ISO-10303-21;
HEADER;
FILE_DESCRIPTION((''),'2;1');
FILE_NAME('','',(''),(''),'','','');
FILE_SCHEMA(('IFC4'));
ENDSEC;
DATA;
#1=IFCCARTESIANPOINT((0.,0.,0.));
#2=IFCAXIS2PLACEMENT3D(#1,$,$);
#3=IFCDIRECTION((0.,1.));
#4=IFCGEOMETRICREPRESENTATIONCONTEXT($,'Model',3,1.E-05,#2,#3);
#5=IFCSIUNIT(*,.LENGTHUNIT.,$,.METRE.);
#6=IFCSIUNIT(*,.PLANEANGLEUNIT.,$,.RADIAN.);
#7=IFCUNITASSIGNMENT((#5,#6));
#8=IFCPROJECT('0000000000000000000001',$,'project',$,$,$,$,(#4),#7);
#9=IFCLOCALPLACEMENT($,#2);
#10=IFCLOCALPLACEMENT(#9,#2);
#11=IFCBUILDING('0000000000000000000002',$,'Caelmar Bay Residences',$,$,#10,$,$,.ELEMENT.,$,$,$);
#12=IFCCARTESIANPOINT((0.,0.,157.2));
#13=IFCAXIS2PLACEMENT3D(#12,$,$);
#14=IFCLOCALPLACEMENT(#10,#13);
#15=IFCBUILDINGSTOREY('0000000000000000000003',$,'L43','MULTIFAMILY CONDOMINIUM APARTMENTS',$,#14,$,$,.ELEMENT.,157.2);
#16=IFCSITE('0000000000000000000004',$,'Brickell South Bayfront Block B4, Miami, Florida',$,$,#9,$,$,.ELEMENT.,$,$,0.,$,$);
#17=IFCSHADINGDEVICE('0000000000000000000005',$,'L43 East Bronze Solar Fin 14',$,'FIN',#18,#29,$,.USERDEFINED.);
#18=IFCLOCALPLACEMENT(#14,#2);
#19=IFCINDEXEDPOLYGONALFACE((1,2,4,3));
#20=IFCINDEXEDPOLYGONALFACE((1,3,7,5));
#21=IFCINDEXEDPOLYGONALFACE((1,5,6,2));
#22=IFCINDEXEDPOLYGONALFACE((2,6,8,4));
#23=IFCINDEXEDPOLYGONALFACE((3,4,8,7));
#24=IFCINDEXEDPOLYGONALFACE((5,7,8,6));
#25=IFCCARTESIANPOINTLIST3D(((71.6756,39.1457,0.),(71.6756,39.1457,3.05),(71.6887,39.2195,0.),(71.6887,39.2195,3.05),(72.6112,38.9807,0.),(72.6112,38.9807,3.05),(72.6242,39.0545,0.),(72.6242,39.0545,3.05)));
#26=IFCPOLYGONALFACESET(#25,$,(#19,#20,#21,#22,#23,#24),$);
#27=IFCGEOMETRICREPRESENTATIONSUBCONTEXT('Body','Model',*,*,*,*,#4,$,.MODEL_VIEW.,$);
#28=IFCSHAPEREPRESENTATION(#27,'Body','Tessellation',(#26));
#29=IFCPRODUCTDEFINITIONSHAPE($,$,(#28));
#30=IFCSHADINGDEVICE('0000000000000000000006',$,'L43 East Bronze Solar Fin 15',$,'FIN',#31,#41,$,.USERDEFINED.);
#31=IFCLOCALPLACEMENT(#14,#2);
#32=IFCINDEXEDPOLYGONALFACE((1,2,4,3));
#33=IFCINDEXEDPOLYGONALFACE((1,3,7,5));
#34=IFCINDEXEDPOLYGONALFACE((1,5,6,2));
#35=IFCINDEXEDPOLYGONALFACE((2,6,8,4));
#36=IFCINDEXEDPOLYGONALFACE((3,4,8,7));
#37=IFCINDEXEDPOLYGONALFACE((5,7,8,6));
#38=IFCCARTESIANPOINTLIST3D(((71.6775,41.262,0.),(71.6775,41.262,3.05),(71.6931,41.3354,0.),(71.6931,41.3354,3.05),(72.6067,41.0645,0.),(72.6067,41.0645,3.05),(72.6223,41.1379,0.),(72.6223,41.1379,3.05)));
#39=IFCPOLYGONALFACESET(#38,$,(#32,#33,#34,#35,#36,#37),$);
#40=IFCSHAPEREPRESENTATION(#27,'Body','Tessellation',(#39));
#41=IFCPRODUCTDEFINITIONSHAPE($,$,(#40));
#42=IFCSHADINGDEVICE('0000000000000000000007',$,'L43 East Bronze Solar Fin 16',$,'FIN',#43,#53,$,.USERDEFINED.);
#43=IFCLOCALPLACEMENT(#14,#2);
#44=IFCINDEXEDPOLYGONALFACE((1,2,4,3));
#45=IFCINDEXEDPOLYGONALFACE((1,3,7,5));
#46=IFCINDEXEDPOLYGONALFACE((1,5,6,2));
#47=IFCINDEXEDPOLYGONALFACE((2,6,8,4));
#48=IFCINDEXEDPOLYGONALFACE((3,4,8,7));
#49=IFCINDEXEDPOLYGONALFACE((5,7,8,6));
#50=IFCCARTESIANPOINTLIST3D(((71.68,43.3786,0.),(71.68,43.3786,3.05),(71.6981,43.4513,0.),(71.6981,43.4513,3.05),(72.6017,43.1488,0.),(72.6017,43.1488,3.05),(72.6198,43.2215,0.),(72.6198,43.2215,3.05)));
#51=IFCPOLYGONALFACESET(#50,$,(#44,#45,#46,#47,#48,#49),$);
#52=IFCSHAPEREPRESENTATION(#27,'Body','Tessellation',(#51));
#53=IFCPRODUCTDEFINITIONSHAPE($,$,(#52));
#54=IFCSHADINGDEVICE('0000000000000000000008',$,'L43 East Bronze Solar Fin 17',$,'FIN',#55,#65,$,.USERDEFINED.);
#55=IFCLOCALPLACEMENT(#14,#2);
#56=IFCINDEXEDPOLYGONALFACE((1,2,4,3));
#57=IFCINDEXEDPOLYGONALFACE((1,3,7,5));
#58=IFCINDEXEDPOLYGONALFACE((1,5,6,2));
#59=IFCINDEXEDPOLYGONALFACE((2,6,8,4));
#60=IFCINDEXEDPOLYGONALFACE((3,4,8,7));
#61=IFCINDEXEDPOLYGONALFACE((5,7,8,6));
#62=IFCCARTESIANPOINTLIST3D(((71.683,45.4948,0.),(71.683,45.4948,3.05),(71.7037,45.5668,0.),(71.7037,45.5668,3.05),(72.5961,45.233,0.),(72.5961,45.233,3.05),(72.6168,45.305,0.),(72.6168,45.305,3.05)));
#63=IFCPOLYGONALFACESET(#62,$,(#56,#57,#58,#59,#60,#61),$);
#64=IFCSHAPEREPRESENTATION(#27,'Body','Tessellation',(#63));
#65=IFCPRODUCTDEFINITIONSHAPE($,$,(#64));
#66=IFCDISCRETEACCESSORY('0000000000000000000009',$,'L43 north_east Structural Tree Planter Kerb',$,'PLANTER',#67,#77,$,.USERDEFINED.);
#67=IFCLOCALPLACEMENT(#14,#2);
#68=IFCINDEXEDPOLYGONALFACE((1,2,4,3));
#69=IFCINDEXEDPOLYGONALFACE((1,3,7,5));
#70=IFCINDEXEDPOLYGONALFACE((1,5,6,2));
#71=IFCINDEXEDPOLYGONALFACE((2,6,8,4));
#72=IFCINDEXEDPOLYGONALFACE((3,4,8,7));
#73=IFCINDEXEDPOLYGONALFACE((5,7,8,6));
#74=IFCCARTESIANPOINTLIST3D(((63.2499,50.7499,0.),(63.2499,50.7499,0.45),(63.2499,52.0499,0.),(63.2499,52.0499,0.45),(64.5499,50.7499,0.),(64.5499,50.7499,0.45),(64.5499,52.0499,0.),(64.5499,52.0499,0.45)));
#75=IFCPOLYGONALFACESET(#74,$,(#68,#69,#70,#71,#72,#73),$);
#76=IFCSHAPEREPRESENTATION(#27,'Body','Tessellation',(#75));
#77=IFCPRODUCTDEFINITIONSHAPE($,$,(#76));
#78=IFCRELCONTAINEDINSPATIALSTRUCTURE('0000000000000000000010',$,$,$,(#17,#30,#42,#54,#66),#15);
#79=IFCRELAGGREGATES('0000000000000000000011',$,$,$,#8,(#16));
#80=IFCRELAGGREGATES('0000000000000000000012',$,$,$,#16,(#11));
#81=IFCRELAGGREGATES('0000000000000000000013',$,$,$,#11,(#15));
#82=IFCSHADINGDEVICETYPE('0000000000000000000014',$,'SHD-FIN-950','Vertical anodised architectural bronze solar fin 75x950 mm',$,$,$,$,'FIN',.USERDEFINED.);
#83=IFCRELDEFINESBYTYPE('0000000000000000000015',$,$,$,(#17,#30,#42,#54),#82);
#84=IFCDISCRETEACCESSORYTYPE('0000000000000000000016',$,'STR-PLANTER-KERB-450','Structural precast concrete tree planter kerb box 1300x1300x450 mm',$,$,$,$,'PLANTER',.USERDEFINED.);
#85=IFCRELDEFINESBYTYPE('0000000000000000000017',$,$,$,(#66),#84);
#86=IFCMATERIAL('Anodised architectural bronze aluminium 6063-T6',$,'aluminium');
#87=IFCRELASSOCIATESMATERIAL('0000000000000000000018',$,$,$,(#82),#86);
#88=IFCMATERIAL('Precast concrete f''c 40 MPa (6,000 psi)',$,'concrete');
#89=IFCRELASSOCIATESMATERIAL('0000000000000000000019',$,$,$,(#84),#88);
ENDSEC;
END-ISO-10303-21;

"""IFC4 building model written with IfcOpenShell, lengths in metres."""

from ifc_helpers import new_model, si_unit, direction, frame, origin, origin_2d, place, context, subcontext, project, spatial, rectangle, extrude, material, material_profile, profile_set, type_object, element, save


model = new_model("IFC4")

# Units and contexts
model_context = context("Model", 3, precision=1e-05, world=origin(), true_north=direction((0.0, 1.0)))
body_context = subcontext(model_context, "Body", "Model", "MODEL_VIEW")
ifc_project = project(units=[si_unit("LENGTHUNIT", "METRE"), si_unit("PLANEANGLEUNIT", "RADIAN")], contexts=[model_context])

# Site, building, storey
site_placement = place(None, origin())
site = spatial("IfcSite", under=ifc_project, at=site_placement, Name="Brickell South Bayfront Block B4, Miami, Florida", CompositionType="ELEMENT", RefElevation=0.0)
building_placement = place(site_placement, origin())
building = spatial("IfcBuilding", under=site, at=building_placement, Name="Caelmar Bay Residences", CompositionType="ELEMENT")
storey_placement = place(building_placement, frame((0.0, 0.0, 157.2)))
storey = spatial("IfcBuildingStorey", under=building, at=storey_placement, Name="L43", Description="MULTIFAMILY CONDOMINIUM APARTMENTS", CompositionType="ELEMENT", Elevation=157.2)

# Shared definitions
ifc_material_1 = material(Name="Precast concrete f'c 40 MPa (6,000 psi)", Category="concrete")

# Shading devices
ifc_material_2 = material(Name="Anodised architectural bronze aluminium 6063-T6", Category="aluminium")
ifc_material_profile_1 = material_profile(ifc_material_2, rectangle(XDim=0.075, YDim=0.95, at=origin_2d()), Name="BRONZE-FIN-75X950")
ifc_profile_set_1 = profile_set([ifc_material_profile_1], Name="Anodised architectural bronze aluminium 6063-T6")
shading_device_type = type_object("IfcShadingDeviceType", Name="SHD-FIN-950", Description="Vertical anodised architectural bronze solar fin 75x950 mm", ElementType="FIN", PredefinedType="USERDEFINED", material=ifc_profile_set_1)
for number, where, z_axis, x_axis, name in (
    (1, (72.1499, 39.1001, 0.0), (0.0, 0.0, 1.0), (0.173648, 0.984808, 0.0), "L43 East Bronze Solar Fin 14"),
    (2, (72.1499, 41.2, 0.0), (0.0, 0.0, 1.0), (0.207912, 0.978148, 0.0), "L43 East Bronze Solar Fin 15"),
    (3, (72.1499, 43.3, 0.0), (0.0, 0.0, 1.0), (0.241922, 0.970296, 0.0), "L43 East Bronze Solar Fin 16"),
    (4, (72.1499, 45.3999, 0.0), (0.0, 0.0, 1.0), (0.275637, 0.961262, 0.0), "L43 East Bronze Solar Fin 17"),
):
    element("IfcShadingDevice", number, at=place(storey_placement, frame(where, z_axis=z_axis, x_axis=x_axis)), inside=storey, type_object=shading_device_type, Name=name, ObjectType="FIN", PredefinedType="USERDEFINED", context=body_context, shape_type="SweptSolid", body=[
        extrude(rectangle(XDim=0.075, YDim=0.95, at=origin_2d()), origin(), (0.0, 0.0, 1.0), 3.05),
    ])

# Discrete accessory
discrete_accessory_type = type_object("IfcDiscreteAccessoryType", Name="STR-PLANTER-KERB-450", Description="Structural precast concrete tree planter kerb box 1300x1300x450 mm", ElementType="PLANTER", PredefinedType="USERDEFINED", material=ifc_material_1)
discrete_accessory_placement = place(storey_placement, frame((63.8999, 51.3999, 0.0), z_axis=(0.0, 0.0, 1.0), x_axis=(1.0, 0.0, 0.0)))
element("IfcDiscreteAccessory", 5, at=discrete_accessory_placement, inside=storey, type_object=discrete_accessory_type, Name="L43 north_east Structural Tree Planter Kerb", ObjectType="PLANTER", PredefinedType="USERDEFINED", context=body_context, shape_type="SweptSolid", body=[
    extrude(rectangle(XDim=1.3, YDim=1.3, at=origin_2d()), origin(), (0.0, 0.0, 1.0), 0.45),
])

save(model, "model.ifc")
